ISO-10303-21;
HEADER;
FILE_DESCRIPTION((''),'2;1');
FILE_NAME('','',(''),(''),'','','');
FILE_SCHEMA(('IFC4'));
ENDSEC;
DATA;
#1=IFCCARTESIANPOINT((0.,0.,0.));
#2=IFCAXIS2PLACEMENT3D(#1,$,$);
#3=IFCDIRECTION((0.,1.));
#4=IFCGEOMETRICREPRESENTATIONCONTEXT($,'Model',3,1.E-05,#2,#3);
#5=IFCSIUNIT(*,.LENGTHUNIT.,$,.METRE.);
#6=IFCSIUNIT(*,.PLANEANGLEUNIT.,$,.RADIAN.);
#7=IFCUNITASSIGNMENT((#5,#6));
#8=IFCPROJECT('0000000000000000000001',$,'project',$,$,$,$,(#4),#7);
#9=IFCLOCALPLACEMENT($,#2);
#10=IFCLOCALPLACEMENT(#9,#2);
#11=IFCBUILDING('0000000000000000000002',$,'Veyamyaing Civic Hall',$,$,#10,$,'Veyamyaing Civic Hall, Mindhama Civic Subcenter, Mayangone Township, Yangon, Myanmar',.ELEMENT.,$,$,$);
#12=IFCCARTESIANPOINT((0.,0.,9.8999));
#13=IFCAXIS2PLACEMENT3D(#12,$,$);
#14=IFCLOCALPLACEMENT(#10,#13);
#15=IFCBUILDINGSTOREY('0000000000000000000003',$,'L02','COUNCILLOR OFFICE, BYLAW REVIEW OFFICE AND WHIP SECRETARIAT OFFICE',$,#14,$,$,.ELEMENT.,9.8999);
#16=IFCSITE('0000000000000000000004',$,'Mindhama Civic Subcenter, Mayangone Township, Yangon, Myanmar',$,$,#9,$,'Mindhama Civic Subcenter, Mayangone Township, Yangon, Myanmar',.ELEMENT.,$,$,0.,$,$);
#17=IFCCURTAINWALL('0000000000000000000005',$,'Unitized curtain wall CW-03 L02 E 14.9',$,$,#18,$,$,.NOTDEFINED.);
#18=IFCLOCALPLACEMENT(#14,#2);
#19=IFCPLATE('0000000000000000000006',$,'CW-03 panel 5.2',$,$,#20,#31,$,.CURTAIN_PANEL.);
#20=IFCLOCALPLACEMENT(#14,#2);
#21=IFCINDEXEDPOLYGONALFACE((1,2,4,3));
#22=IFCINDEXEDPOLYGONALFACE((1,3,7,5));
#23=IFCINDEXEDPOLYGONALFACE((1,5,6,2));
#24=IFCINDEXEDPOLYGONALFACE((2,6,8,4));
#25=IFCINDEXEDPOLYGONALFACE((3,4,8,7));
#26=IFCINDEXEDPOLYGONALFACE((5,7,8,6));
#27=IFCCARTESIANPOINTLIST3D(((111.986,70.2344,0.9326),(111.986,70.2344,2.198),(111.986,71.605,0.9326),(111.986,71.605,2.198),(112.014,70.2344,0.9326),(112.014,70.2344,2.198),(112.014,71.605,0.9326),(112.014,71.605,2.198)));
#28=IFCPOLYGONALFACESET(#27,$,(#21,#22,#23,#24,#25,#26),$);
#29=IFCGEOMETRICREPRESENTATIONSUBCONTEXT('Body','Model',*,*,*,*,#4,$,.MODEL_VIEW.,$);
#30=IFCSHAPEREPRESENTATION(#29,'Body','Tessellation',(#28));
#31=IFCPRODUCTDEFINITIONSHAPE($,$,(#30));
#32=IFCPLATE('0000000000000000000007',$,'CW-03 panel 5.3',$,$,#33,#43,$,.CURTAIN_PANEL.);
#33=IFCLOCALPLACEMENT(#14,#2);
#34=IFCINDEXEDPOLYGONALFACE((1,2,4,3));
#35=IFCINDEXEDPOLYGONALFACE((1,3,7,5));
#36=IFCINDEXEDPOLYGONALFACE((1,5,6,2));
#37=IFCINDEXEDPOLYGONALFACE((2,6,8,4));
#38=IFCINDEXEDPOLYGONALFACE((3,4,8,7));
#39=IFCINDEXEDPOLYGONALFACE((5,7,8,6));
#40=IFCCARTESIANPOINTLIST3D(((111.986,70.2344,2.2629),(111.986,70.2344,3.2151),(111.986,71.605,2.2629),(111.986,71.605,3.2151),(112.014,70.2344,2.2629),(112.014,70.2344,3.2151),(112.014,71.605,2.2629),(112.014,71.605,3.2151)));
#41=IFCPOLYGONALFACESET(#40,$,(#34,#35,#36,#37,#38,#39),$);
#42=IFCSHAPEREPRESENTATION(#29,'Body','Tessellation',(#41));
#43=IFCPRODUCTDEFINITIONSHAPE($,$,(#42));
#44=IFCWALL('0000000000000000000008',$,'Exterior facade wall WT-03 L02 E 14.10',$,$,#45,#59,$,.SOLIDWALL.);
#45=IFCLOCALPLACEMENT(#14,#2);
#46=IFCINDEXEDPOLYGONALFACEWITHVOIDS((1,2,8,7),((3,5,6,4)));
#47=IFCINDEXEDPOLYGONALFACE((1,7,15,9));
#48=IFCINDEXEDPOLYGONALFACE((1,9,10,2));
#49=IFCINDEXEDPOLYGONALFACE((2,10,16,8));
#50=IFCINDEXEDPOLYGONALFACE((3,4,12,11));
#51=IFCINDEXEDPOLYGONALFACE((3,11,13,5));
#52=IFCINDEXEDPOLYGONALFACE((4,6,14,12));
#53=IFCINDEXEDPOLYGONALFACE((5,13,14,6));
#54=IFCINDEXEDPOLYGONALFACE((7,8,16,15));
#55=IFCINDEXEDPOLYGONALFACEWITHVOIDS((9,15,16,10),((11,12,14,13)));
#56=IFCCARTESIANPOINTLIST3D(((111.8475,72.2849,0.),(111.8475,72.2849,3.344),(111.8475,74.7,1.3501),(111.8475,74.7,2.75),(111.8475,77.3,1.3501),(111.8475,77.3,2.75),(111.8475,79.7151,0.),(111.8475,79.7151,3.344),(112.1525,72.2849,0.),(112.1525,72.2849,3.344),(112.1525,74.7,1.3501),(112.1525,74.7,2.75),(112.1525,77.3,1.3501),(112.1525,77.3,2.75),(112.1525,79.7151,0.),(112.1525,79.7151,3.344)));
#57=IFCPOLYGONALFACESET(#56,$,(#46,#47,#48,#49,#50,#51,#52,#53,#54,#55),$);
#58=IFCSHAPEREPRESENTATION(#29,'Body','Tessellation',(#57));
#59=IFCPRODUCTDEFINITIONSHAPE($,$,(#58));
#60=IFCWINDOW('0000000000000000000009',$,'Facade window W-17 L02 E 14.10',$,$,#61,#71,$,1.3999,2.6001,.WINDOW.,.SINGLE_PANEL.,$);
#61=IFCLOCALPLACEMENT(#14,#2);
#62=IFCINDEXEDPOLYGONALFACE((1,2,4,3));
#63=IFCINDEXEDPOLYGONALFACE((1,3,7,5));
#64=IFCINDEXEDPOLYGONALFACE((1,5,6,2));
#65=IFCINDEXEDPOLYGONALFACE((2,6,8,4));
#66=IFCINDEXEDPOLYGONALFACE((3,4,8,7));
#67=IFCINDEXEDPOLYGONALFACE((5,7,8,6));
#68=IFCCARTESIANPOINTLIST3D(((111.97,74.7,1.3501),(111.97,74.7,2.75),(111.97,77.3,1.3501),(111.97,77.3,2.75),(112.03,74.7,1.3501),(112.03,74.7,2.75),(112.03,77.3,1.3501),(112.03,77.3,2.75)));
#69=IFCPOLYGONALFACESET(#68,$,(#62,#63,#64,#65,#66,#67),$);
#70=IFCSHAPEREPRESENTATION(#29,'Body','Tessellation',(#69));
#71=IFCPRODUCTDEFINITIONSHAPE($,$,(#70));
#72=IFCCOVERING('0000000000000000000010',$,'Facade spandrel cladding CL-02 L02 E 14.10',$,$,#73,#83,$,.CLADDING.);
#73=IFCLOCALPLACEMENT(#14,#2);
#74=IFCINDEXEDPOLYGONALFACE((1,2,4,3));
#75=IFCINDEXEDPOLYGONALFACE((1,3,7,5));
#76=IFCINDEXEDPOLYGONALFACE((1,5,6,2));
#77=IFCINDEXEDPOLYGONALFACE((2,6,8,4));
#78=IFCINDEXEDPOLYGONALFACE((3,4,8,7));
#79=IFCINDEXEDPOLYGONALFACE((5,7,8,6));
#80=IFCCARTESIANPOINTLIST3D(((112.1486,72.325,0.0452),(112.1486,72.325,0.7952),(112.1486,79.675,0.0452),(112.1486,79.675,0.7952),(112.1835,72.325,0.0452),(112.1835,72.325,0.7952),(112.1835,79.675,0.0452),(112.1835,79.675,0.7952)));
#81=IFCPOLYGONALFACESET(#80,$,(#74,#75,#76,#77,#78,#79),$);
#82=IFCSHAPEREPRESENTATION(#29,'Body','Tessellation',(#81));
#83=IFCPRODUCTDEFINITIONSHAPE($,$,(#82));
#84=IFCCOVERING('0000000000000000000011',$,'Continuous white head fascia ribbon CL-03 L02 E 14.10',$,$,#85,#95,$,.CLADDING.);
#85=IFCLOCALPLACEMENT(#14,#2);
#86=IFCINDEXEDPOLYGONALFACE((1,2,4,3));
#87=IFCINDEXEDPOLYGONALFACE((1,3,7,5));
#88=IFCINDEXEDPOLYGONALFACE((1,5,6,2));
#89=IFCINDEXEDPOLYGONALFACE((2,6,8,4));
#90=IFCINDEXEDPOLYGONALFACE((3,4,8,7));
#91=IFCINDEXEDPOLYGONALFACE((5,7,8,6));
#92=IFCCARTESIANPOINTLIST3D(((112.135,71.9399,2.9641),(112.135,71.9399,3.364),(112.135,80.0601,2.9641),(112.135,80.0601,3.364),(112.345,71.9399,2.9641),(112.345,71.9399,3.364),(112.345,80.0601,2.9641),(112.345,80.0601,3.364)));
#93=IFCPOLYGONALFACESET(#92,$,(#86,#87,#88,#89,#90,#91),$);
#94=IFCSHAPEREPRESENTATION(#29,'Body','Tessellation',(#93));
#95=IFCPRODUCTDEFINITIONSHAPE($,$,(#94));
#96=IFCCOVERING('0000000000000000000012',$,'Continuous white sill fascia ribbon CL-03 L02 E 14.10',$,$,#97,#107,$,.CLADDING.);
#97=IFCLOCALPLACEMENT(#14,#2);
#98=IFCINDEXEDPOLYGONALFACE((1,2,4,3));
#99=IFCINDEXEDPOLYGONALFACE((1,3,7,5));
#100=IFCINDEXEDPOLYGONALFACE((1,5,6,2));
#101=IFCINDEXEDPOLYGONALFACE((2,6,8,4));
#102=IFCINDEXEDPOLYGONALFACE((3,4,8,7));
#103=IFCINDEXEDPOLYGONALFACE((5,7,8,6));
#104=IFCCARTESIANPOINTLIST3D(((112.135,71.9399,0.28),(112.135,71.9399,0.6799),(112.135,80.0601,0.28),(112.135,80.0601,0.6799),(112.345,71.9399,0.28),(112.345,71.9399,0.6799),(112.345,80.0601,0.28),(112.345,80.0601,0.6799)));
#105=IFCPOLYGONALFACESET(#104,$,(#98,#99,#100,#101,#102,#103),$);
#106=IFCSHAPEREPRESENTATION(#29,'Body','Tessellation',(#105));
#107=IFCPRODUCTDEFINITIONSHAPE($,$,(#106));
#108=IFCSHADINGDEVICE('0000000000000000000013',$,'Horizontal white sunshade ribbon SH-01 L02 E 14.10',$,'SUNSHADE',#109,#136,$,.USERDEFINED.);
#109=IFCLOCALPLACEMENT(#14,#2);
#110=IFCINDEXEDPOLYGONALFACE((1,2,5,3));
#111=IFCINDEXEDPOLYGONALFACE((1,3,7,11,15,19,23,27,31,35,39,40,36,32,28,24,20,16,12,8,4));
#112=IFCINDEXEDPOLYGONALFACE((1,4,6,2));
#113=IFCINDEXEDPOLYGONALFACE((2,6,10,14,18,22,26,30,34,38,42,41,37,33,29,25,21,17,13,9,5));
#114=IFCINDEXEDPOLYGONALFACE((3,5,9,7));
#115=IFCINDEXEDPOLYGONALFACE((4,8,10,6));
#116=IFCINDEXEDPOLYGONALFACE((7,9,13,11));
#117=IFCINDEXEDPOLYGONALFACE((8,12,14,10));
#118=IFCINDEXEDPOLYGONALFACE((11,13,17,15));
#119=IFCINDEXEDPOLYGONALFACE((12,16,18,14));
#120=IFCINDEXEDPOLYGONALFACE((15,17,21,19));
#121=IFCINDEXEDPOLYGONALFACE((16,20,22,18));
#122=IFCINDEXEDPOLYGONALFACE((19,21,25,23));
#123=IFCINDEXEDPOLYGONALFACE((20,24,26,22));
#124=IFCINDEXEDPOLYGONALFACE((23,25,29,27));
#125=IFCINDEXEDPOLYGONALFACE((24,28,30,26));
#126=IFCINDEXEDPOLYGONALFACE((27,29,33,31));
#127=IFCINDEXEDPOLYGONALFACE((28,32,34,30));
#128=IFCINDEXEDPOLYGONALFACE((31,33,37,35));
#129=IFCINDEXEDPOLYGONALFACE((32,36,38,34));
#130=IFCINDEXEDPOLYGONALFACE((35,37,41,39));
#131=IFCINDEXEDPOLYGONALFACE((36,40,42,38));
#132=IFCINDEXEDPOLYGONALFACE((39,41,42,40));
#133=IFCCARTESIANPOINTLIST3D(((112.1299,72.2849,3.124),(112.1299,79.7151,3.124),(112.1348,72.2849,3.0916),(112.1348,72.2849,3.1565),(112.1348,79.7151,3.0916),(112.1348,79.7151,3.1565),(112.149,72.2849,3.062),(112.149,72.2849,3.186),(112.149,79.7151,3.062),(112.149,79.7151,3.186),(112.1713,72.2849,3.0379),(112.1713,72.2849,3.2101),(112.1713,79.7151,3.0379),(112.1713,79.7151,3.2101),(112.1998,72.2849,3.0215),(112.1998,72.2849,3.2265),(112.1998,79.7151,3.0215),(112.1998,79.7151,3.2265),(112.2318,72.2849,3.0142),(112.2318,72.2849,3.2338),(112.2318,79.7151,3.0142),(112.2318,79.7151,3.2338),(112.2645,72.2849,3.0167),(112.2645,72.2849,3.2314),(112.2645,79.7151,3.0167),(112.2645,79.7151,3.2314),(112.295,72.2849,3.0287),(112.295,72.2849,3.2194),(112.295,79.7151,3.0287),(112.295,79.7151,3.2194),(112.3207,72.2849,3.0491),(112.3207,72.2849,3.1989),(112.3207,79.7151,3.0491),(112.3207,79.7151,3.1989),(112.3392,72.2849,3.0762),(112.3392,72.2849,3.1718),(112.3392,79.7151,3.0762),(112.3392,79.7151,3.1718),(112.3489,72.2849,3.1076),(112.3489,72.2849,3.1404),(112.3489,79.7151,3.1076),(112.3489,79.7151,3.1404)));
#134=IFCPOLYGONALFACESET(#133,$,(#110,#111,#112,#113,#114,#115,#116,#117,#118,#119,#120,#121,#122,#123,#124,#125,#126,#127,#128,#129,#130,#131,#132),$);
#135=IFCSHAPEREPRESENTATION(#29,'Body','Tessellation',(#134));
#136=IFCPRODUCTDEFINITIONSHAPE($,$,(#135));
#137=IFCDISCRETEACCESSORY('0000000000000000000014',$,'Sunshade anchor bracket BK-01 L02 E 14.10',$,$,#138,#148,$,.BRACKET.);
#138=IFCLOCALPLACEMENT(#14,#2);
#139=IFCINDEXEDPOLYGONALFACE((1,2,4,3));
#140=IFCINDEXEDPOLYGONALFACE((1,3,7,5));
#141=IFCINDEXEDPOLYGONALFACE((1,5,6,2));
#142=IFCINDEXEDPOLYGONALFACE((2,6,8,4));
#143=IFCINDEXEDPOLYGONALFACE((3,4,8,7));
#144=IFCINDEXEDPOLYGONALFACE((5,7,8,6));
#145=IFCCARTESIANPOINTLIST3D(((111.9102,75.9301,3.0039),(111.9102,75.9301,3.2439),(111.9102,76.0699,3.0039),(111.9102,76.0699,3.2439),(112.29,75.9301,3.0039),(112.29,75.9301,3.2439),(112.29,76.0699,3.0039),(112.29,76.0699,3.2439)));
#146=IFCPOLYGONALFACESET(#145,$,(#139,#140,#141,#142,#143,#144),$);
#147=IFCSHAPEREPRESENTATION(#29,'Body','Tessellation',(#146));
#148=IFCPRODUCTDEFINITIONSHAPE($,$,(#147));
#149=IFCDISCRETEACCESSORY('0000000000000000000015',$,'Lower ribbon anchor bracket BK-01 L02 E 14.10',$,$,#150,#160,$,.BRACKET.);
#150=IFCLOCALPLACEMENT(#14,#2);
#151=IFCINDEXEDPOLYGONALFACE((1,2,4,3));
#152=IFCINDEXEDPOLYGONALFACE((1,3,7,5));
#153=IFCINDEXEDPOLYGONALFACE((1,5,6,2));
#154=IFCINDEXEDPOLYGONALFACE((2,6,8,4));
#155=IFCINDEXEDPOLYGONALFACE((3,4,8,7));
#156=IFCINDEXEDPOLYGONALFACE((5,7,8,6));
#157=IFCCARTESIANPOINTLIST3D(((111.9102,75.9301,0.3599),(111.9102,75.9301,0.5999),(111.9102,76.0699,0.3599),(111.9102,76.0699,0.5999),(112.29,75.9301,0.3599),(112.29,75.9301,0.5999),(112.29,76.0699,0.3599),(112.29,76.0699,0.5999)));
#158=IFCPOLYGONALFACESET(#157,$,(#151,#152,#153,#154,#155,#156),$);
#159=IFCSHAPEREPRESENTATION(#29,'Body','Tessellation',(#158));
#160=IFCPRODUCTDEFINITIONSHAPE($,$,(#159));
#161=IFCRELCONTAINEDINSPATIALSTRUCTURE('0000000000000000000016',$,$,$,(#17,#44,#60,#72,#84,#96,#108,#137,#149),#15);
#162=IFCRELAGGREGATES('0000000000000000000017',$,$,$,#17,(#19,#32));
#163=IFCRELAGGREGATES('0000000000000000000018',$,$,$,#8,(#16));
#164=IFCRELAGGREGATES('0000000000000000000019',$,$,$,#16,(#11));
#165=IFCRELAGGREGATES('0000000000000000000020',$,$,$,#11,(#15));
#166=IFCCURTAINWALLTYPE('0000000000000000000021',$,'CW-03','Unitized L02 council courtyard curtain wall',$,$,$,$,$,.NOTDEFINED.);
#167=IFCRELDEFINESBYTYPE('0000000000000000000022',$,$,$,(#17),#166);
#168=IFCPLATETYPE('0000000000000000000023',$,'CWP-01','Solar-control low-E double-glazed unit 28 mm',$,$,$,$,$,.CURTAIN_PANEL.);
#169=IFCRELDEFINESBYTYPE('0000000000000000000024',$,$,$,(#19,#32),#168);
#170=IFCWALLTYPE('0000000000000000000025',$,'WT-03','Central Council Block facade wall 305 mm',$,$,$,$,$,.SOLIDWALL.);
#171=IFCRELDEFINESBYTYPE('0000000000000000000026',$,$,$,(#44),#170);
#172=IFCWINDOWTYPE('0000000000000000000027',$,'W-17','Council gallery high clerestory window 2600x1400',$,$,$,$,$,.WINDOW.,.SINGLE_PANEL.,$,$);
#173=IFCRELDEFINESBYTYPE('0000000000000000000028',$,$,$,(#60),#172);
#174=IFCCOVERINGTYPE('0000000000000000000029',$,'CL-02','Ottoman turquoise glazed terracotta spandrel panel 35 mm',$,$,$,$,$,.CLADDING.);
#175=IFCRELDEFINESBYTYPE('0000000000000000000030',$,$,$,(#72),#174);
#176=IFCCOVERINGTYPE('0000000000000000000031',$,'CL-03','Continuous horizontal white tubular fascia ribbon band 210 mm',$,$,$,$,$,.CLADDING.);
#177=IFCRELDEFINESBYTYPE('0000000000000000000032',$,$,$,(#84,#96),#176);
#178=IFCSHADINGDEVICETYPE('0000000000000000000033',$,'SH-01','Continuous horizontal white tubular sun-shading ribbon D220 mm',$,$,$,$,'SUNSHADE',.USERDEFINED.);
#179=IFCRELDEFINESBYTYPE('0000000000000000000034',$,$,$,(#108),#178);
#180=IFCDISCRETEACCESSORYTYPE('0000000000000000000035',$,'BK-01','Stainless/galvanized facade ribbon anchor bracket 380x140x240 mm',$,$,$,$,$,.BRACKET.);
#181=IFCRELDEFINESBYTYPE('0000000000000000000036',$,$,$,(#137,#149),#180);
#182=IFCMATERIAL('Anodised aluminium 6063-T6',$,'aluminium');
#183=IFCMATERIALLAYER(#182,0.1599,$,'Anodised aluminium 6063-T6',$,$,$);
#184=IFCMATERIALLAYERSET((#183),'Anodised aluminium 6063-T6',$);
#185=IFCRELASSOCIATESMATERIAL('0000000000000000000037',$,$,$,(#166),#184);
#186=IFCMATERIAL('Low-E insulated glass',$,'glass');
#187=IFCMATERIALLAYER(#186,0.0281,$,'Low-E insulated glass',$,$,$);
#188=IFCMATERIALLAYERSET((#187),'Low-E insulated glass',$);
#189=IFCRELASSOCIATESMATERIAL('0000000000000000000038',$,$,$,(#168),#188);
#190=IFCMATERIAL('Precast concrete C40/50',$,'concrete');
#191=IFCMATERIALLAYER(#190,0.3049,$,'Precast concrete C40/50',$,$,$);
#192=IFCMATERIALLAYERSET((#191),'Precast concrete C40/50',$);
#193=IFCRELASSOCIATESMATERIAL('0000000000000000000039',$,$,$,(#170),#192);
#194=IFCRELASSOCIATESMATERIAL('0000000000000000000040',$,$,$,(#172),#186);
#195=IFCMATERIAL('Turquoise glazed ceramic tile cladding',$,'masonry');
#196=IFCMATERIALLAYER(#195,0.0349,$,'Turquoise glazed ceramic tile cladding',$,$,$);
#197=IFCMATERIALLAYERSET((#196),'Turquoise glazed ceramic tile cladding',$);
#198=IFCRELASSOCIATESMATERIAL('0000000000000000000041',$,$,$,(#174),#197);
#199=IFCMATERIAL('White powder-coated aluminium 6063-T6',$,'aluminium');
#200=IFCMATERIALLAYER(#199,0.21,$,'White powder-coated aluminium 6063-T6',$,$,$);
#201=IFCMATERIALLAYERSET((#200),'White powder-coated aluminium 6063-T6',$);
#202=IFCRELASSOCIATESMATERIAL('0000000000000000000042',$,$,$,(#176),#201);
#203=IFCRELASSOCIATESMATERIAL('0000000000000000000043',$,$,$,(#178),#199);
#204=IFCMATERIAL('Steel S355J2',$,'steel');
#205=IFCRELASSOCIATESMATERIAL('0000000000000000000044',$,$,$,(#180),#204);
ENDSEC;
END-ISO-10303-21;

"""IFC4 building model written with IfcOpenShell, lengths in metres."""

from ifc_helpers import new_model, si_unit, direction, frame, frame_2d, origin, origin_2d, place, context, subcontext, project, spatial, rectangle, circle, extrude, material, layer, layer_set, material_profile, profile_set, type_object, element, fill, aggregate, save


model = new_model("IFC4")

# Units and contexts
model_context = context("Model", 3, precision=1e-05, world=origin(), true_north=direction((0.0, 1.0)))
body_context = subcontext(model_context, "Body", "Model", "MODEL_VIEW")
ifc_project = project(units=[si_unit("LENGTHUNIT", "METRE"), si_unit("PLANEANGLEUNIT", "RADIAN")], contexts=[model_context])

# Site, building, storey
site_placement = place(None, origin())
site = spatial("IfcSite", under=ifc_project, at=site_placement, Name="Mindhama Civic Subcenter, Mayangone Township, Yangon, Myanmar", LongName="Mindhama Civic Subcenter, Mayangone Township, Yangon, Myanmar", CompositionType="ELEMENT", RefElevation=0.0)
building_placement = place(site_placement, origin())
building = spatial("IfcBuilding", under=site, at=building_placement, Name="Veyamyaing Civic Hall", LongName="Veyamyaing Civic Hall, Mindhama Civic Subcenter, Mayangone Township, Yangon, Myanmar", CompositionType="ELEMENT")
storey_placement = place(building_placement, frame((0.0, 0.0, 9.8999)))
storey = spatial("IfcBuildingStorey", under=building, at=storey_placement, Name="L02", Description="COUNCILLOR OFFICE, BYLAW REVIEW OFFICE AND WHIP SECRETARIAT OFFICE", CompositionType="ELEMENT", Elevation=9.8999)

# Curtain wall
ifc_material_1 = material(Name="Anodised aluminium 6063-T6", Category="aluminium")
ifc_layer_1 = layer(ifc_material_1, 0.1599, Name="Anodised aluminium 6063-T6")
ifc_layer_set_1 = layer_set([ifc_layer_1], Name="Anodised aluminium 6063-T6")
curtain_wall_type = type_object("IfcCurtainWallType", Name="CW-03", Description="Unitized L02 council courtyard curtain wall", PredefinedType="NOTDEFINED", material=ifc_layer_set_1)
curtain_wall_placement = place(storey_placement, origin())
curtain_wall = element("IfcCurtainWall", 1, at=curtain_wall_placement, inside=storey, type_object=curtain_wall_type, Name="Unitized curtain wall CW-03 L02 E 14.9", PredefinedType="NOTDEFINED")

# Plates
ifc_material_2 = material(Name="Low-E insulated glass", Category="glass")
ifc_layer_2 = layer(ifc_material_2, 0.0281, Name="Low-E insulated glass")
ifc_layer_set_2 = layer_set([ifc_layer_2], Name="Low-E insulated glass")
plate_type = type_object("IfcPlateType", Name="CWP-01", Description="Solar-control low-E double-glazed unit 28 mm", PredefinedType="CURTAIN_PANEL", material=ifc_layer_set_2)
plate_1_placement = place(storey_placement, frame((112.0, 70.9197, 0.9326), z_axis=(0.0, 0.0, 1.0), x_axis=(0.0, 1.0, 0.0)))
plate_1 = element("IfcPlate", 2, at=plate_1_placement, type_object=plate_type, Name="CW-03 panel 5.2", PredefinedType="CURTAIN_PANEL", context=body_context, shape_type="SweptSolid", body=[
    extrude(rectangle(XDim=1.3706, YDim=0.0281, at=origin_2d()), origin(), (0.0, 0.0, 1.0), 1.2654),
])
plate_2_placement = place(storey_placement, frame((112.0, 70.9197, 2.2629), z_axis=(0.0, 0.0, 1.0), x_axis=(0.0, 1.0, 0.0)))
plate_2 = element("IfcPlate", 3, at=plate_2_placement, type_object=plate_type, Name="CW-03 panel 5.3", PredefinedType="CURTAIN_PANEL", context=body_context, shape_type="SweptSolid", body=[
    extrude(rectangle(XDim=1.3706, YDim=0.0281, at=origin_2d()), origin(), (0.0, 0.0, 1.0), 0.9521),
])
aggregate(curtain_wall, [plate_1, plate_2])

# Wall, opening, window
ifc_material_3 = material(Name="Precast concrete C40/50", Category="concrete")
ifc_layer_3 = layer(ifc_material_3, 0.3049, Name="Precast concrete C40/50")
ifc_layer_set_3 = layer_set([ifc_layer_3], Name="Precast concrete C40/50")
wall_type = type_object("IfcWallType", Name="WT-03", Description="Central Council Block facade wall 305 mm", PredefinedType="SOLIDWALL", material=ifc_layer_set_3)
wall_placement = place(storey_placement, frame((112.0, 72.2849, 0.0), z_axis=(0.0, 0.0, 1.0), x_axis=(0.0, 1.0, 0.0)))
wall = element("IfcWall", 4, at=wall_placement, inside=storey, type_object=wall_type, Name="Exterior facade wall WT-03 L02 E 14.10", PredefinedType="SOLIDWALL", context=body_context, shape_type="SweptSolid", body=[
    extrude(rectangle(XDim=7.4302, YDim=0.3049, at=frame_2d((3.7151, 0.0))), origin(), (0.0, 0.0, 1.0), 3.344),
])
opening_placement = place(wall_placement, frame((2.415, 0.0, 1.3501)))
opening = element("IfcOpeningElement", 5, at=opening_placement, cuts=wall, PredefinedType="OPENING", context=body_context, shape_type="SweptSolid", body=[
    extrude(rectangle(XDim=2.6001, YDim=1.3999, at=frame_2d((1.3, 0.7))), frame((0.0, 0.1624, 0.0), z_axis=(0.0, -1.0, 0.0), x_axis=(1.0, 0.0, 0.0)), (0.0, 0.0, 1.0), 0.325),
])
window_type = type_object("IfcWindowType", Name="W-17", Description="Council gallery high clerestory window 2600x1400", PartitioningType="SINGLE_PANEL", PredefinedType="WINDOW", material=ifc_material_2)
window_placement = place(opening_placement, origin())
window = element("IfcWindow", 6, at=window_placement, inside=storey, type_object=window_type, Name="Facade window W-17 L02 E 14.10", OverallHeight=1.3999, OverallWidth=2.6001, PartitioningType="SINGLE_PANEL", PredefinedType="WINDOW", context=body_context, shape_type="SweptSolid", body=[
    extrude(rectangle(XDim=2.6001, YDim=1.3999, at=frame_2d((1.3, 0.7))), frame((0.0, 0.03, 0.0), z_axis=(0.0, -1.0, 0.0), x_axis=(1.0, 0.0, 0.0)), (0.0, 0.0, 1.0), 0.0601),
])
fill(opening, window)

# Coverings
ifc_material_4 = material(Name="Turquoise glazed ceramic tile cladding", Category="masonry")
ifc_layer_4 = layer(ifc_material_4, 0.0349, Name="Turquoise glazed ceramic tile cladding")
ifc_layer_set_4 = layer_set([ifc_layer_4], Name="Turquoise glazed ceramic tile cladding")
covering_type_1 = type_object("IfcCoveringType", Name="CL-02", Description="Ottoman turquoise glazed terracotta spandrel panel 35 mm", PredefinedType="CLADDING", material=ifc_layer_set_4)
covering_placement = place(storey_placement, frame((112.166, 76.0, 0.0452), z_axis=(0.0, 0.0, 1.0), x_axis=(0.0, 1.0, 0.0)))
element("IfcCovering", 7, at=covering_placement, inside=storey, type_object=covering_type_1, Name="Facade spandrel cladding CL-02 L02 E 14.10", PredefinedType="CLADDING", context=body_context, shape_type="SweptSolid", body=[
    extrude(rectangle(XDim=7.3501, YDim=0.0349, at=origin_2d()), origin(), (0.0, 0.0, 1.0), 0.75),
])
ifc_material_5 = material(Name="White powder-coated aluminium 6063-T6", Category="aluminium")
ifc_layer_5 = layer(ifc_material_5, 0.21, Name="White powder-coated aluminium 6063-T6")
ifc_layer_set_5 = layer_set([ifc_layer_5], Name="White powder-coated aluminium 6063-T6")
covering_type_2 = type_object("IfcCoveringType", Name="CL-03", Description="Continuous horizontal white tubular fascia ribbon band 210 mm", PredefinedType="CLADDING", material=ifc_layer_set_5)
for number, where, z_axis, x_axis, name in (
    (8, (112.24, 76.0, 2.9641), (0.0, 0.0, 1.0), (0.0, 1.0, 0.0), "Continuous white head fascia ribbon CL-03 L02 E 14.10"),
    (9, (112.24, 76.0, 0.28), (0.0, 0.0, 1.0), (0.0, 1.0, 0.0), "Continuous white sill fascia ribbon CL-03 L02 E 14.10"),
):
    element("IfcCovering", number, at=place(storey_placement, frame(where, z_axis=z_axis, x_axis=x_axis)), inside=storey, type_object=covering_type_2, Name=name, PredefinedType="CLADDING", context=body_context, shape_type="SweptSolid", body=[
        extrude(rectangle(XDim=8.1201, YDim=0.21, at=origin_2d()), origin(), (0.0, 0.0, 1.0), 0.3999),
    ])

# Shading device
ifc_material_profile_1 = material_profile(ifc_material_5, circle(Radius=0.1101, at=origin_2d()), Name="SHADE-TUBE-220")
ifc_profile_set_1 = profile_set([ifc_material_profile_1], Name="White powder-coated aluminium 6063-T6")
shading_device_type = type_object("IfcShadingDeviceType", Name="SH-01", Description="Continuous horizontal white tubular sun-shading ribbon D220 mm", ElementType="SUNSHADE", PredefinedType="USERDEFINED", material=ifc_profile_set_1)
shading_device_placement = place(storey_placement, frame((112.24, 72.2849, 3.124), z_axis=(0.0, 1.0, 0.0), x_axis=(-1.0, 0.0, 0.0)))
element("IfcShadingDevice", 10, at=shading_device_placement, inside=storey, type_object=shading_device_type, Name="Horizontal white sunshade ribbon SH-01 L02 E 14.10", ObjectType="SUNSHADE", PredefinedType="USERDEFINED", context=body_context, shape_type="SweptSolid", body=[
    extrude(circle(Radius=0.1101, at=origin_2d()), origin(), (0.0, 0.0, 1.0), 7.4302),
])

# Discrete accessories
ifc_material_6 = material(Name="Steel S355J2", Category="steel")
discrete_accessory_type = type_object("IfcDiscreteAccessoryType", Name="BK-01", Description="Stainless/galvanized facade ribbon anchor bracket 380x140x240 mm", PredefinedType="BRACKET", material=ifc_material_6)
for number, where, z_axis, x_axis, name in (
    (11, (112.1001, 76.0, 3.0039), (0.0, 0.0, 1.0), (1.0, 0.0, 0.0), "Sunshade anchor bracket BK-01 L02 E 14.10"),
    (12, (112.1001, 76.0, 0.3599), (0.0, 0.0, 1.0), (1.0, 0.0, 0.0), "Lower ribbon anchor bracket BK-01 L02 E 14.10"),
):
    element("IfcDiscreteAccessory", number, at=place(storey_placement, frame(where, z_axis=z_axis, x_axis=x_axis)), inside=storey, type_object=discrete_accessory_type, Name=name, PredefinedType="BRACKET", context=body_context, shape_type="SweptSolid", body=[
        extrude(rectangle(XDim=0.3799, YDim=0.1399, at=origin_2d()), origin(), (0.0, 0.0, 1.0), 0.24),
    ])

save(model, "model.ifc")
